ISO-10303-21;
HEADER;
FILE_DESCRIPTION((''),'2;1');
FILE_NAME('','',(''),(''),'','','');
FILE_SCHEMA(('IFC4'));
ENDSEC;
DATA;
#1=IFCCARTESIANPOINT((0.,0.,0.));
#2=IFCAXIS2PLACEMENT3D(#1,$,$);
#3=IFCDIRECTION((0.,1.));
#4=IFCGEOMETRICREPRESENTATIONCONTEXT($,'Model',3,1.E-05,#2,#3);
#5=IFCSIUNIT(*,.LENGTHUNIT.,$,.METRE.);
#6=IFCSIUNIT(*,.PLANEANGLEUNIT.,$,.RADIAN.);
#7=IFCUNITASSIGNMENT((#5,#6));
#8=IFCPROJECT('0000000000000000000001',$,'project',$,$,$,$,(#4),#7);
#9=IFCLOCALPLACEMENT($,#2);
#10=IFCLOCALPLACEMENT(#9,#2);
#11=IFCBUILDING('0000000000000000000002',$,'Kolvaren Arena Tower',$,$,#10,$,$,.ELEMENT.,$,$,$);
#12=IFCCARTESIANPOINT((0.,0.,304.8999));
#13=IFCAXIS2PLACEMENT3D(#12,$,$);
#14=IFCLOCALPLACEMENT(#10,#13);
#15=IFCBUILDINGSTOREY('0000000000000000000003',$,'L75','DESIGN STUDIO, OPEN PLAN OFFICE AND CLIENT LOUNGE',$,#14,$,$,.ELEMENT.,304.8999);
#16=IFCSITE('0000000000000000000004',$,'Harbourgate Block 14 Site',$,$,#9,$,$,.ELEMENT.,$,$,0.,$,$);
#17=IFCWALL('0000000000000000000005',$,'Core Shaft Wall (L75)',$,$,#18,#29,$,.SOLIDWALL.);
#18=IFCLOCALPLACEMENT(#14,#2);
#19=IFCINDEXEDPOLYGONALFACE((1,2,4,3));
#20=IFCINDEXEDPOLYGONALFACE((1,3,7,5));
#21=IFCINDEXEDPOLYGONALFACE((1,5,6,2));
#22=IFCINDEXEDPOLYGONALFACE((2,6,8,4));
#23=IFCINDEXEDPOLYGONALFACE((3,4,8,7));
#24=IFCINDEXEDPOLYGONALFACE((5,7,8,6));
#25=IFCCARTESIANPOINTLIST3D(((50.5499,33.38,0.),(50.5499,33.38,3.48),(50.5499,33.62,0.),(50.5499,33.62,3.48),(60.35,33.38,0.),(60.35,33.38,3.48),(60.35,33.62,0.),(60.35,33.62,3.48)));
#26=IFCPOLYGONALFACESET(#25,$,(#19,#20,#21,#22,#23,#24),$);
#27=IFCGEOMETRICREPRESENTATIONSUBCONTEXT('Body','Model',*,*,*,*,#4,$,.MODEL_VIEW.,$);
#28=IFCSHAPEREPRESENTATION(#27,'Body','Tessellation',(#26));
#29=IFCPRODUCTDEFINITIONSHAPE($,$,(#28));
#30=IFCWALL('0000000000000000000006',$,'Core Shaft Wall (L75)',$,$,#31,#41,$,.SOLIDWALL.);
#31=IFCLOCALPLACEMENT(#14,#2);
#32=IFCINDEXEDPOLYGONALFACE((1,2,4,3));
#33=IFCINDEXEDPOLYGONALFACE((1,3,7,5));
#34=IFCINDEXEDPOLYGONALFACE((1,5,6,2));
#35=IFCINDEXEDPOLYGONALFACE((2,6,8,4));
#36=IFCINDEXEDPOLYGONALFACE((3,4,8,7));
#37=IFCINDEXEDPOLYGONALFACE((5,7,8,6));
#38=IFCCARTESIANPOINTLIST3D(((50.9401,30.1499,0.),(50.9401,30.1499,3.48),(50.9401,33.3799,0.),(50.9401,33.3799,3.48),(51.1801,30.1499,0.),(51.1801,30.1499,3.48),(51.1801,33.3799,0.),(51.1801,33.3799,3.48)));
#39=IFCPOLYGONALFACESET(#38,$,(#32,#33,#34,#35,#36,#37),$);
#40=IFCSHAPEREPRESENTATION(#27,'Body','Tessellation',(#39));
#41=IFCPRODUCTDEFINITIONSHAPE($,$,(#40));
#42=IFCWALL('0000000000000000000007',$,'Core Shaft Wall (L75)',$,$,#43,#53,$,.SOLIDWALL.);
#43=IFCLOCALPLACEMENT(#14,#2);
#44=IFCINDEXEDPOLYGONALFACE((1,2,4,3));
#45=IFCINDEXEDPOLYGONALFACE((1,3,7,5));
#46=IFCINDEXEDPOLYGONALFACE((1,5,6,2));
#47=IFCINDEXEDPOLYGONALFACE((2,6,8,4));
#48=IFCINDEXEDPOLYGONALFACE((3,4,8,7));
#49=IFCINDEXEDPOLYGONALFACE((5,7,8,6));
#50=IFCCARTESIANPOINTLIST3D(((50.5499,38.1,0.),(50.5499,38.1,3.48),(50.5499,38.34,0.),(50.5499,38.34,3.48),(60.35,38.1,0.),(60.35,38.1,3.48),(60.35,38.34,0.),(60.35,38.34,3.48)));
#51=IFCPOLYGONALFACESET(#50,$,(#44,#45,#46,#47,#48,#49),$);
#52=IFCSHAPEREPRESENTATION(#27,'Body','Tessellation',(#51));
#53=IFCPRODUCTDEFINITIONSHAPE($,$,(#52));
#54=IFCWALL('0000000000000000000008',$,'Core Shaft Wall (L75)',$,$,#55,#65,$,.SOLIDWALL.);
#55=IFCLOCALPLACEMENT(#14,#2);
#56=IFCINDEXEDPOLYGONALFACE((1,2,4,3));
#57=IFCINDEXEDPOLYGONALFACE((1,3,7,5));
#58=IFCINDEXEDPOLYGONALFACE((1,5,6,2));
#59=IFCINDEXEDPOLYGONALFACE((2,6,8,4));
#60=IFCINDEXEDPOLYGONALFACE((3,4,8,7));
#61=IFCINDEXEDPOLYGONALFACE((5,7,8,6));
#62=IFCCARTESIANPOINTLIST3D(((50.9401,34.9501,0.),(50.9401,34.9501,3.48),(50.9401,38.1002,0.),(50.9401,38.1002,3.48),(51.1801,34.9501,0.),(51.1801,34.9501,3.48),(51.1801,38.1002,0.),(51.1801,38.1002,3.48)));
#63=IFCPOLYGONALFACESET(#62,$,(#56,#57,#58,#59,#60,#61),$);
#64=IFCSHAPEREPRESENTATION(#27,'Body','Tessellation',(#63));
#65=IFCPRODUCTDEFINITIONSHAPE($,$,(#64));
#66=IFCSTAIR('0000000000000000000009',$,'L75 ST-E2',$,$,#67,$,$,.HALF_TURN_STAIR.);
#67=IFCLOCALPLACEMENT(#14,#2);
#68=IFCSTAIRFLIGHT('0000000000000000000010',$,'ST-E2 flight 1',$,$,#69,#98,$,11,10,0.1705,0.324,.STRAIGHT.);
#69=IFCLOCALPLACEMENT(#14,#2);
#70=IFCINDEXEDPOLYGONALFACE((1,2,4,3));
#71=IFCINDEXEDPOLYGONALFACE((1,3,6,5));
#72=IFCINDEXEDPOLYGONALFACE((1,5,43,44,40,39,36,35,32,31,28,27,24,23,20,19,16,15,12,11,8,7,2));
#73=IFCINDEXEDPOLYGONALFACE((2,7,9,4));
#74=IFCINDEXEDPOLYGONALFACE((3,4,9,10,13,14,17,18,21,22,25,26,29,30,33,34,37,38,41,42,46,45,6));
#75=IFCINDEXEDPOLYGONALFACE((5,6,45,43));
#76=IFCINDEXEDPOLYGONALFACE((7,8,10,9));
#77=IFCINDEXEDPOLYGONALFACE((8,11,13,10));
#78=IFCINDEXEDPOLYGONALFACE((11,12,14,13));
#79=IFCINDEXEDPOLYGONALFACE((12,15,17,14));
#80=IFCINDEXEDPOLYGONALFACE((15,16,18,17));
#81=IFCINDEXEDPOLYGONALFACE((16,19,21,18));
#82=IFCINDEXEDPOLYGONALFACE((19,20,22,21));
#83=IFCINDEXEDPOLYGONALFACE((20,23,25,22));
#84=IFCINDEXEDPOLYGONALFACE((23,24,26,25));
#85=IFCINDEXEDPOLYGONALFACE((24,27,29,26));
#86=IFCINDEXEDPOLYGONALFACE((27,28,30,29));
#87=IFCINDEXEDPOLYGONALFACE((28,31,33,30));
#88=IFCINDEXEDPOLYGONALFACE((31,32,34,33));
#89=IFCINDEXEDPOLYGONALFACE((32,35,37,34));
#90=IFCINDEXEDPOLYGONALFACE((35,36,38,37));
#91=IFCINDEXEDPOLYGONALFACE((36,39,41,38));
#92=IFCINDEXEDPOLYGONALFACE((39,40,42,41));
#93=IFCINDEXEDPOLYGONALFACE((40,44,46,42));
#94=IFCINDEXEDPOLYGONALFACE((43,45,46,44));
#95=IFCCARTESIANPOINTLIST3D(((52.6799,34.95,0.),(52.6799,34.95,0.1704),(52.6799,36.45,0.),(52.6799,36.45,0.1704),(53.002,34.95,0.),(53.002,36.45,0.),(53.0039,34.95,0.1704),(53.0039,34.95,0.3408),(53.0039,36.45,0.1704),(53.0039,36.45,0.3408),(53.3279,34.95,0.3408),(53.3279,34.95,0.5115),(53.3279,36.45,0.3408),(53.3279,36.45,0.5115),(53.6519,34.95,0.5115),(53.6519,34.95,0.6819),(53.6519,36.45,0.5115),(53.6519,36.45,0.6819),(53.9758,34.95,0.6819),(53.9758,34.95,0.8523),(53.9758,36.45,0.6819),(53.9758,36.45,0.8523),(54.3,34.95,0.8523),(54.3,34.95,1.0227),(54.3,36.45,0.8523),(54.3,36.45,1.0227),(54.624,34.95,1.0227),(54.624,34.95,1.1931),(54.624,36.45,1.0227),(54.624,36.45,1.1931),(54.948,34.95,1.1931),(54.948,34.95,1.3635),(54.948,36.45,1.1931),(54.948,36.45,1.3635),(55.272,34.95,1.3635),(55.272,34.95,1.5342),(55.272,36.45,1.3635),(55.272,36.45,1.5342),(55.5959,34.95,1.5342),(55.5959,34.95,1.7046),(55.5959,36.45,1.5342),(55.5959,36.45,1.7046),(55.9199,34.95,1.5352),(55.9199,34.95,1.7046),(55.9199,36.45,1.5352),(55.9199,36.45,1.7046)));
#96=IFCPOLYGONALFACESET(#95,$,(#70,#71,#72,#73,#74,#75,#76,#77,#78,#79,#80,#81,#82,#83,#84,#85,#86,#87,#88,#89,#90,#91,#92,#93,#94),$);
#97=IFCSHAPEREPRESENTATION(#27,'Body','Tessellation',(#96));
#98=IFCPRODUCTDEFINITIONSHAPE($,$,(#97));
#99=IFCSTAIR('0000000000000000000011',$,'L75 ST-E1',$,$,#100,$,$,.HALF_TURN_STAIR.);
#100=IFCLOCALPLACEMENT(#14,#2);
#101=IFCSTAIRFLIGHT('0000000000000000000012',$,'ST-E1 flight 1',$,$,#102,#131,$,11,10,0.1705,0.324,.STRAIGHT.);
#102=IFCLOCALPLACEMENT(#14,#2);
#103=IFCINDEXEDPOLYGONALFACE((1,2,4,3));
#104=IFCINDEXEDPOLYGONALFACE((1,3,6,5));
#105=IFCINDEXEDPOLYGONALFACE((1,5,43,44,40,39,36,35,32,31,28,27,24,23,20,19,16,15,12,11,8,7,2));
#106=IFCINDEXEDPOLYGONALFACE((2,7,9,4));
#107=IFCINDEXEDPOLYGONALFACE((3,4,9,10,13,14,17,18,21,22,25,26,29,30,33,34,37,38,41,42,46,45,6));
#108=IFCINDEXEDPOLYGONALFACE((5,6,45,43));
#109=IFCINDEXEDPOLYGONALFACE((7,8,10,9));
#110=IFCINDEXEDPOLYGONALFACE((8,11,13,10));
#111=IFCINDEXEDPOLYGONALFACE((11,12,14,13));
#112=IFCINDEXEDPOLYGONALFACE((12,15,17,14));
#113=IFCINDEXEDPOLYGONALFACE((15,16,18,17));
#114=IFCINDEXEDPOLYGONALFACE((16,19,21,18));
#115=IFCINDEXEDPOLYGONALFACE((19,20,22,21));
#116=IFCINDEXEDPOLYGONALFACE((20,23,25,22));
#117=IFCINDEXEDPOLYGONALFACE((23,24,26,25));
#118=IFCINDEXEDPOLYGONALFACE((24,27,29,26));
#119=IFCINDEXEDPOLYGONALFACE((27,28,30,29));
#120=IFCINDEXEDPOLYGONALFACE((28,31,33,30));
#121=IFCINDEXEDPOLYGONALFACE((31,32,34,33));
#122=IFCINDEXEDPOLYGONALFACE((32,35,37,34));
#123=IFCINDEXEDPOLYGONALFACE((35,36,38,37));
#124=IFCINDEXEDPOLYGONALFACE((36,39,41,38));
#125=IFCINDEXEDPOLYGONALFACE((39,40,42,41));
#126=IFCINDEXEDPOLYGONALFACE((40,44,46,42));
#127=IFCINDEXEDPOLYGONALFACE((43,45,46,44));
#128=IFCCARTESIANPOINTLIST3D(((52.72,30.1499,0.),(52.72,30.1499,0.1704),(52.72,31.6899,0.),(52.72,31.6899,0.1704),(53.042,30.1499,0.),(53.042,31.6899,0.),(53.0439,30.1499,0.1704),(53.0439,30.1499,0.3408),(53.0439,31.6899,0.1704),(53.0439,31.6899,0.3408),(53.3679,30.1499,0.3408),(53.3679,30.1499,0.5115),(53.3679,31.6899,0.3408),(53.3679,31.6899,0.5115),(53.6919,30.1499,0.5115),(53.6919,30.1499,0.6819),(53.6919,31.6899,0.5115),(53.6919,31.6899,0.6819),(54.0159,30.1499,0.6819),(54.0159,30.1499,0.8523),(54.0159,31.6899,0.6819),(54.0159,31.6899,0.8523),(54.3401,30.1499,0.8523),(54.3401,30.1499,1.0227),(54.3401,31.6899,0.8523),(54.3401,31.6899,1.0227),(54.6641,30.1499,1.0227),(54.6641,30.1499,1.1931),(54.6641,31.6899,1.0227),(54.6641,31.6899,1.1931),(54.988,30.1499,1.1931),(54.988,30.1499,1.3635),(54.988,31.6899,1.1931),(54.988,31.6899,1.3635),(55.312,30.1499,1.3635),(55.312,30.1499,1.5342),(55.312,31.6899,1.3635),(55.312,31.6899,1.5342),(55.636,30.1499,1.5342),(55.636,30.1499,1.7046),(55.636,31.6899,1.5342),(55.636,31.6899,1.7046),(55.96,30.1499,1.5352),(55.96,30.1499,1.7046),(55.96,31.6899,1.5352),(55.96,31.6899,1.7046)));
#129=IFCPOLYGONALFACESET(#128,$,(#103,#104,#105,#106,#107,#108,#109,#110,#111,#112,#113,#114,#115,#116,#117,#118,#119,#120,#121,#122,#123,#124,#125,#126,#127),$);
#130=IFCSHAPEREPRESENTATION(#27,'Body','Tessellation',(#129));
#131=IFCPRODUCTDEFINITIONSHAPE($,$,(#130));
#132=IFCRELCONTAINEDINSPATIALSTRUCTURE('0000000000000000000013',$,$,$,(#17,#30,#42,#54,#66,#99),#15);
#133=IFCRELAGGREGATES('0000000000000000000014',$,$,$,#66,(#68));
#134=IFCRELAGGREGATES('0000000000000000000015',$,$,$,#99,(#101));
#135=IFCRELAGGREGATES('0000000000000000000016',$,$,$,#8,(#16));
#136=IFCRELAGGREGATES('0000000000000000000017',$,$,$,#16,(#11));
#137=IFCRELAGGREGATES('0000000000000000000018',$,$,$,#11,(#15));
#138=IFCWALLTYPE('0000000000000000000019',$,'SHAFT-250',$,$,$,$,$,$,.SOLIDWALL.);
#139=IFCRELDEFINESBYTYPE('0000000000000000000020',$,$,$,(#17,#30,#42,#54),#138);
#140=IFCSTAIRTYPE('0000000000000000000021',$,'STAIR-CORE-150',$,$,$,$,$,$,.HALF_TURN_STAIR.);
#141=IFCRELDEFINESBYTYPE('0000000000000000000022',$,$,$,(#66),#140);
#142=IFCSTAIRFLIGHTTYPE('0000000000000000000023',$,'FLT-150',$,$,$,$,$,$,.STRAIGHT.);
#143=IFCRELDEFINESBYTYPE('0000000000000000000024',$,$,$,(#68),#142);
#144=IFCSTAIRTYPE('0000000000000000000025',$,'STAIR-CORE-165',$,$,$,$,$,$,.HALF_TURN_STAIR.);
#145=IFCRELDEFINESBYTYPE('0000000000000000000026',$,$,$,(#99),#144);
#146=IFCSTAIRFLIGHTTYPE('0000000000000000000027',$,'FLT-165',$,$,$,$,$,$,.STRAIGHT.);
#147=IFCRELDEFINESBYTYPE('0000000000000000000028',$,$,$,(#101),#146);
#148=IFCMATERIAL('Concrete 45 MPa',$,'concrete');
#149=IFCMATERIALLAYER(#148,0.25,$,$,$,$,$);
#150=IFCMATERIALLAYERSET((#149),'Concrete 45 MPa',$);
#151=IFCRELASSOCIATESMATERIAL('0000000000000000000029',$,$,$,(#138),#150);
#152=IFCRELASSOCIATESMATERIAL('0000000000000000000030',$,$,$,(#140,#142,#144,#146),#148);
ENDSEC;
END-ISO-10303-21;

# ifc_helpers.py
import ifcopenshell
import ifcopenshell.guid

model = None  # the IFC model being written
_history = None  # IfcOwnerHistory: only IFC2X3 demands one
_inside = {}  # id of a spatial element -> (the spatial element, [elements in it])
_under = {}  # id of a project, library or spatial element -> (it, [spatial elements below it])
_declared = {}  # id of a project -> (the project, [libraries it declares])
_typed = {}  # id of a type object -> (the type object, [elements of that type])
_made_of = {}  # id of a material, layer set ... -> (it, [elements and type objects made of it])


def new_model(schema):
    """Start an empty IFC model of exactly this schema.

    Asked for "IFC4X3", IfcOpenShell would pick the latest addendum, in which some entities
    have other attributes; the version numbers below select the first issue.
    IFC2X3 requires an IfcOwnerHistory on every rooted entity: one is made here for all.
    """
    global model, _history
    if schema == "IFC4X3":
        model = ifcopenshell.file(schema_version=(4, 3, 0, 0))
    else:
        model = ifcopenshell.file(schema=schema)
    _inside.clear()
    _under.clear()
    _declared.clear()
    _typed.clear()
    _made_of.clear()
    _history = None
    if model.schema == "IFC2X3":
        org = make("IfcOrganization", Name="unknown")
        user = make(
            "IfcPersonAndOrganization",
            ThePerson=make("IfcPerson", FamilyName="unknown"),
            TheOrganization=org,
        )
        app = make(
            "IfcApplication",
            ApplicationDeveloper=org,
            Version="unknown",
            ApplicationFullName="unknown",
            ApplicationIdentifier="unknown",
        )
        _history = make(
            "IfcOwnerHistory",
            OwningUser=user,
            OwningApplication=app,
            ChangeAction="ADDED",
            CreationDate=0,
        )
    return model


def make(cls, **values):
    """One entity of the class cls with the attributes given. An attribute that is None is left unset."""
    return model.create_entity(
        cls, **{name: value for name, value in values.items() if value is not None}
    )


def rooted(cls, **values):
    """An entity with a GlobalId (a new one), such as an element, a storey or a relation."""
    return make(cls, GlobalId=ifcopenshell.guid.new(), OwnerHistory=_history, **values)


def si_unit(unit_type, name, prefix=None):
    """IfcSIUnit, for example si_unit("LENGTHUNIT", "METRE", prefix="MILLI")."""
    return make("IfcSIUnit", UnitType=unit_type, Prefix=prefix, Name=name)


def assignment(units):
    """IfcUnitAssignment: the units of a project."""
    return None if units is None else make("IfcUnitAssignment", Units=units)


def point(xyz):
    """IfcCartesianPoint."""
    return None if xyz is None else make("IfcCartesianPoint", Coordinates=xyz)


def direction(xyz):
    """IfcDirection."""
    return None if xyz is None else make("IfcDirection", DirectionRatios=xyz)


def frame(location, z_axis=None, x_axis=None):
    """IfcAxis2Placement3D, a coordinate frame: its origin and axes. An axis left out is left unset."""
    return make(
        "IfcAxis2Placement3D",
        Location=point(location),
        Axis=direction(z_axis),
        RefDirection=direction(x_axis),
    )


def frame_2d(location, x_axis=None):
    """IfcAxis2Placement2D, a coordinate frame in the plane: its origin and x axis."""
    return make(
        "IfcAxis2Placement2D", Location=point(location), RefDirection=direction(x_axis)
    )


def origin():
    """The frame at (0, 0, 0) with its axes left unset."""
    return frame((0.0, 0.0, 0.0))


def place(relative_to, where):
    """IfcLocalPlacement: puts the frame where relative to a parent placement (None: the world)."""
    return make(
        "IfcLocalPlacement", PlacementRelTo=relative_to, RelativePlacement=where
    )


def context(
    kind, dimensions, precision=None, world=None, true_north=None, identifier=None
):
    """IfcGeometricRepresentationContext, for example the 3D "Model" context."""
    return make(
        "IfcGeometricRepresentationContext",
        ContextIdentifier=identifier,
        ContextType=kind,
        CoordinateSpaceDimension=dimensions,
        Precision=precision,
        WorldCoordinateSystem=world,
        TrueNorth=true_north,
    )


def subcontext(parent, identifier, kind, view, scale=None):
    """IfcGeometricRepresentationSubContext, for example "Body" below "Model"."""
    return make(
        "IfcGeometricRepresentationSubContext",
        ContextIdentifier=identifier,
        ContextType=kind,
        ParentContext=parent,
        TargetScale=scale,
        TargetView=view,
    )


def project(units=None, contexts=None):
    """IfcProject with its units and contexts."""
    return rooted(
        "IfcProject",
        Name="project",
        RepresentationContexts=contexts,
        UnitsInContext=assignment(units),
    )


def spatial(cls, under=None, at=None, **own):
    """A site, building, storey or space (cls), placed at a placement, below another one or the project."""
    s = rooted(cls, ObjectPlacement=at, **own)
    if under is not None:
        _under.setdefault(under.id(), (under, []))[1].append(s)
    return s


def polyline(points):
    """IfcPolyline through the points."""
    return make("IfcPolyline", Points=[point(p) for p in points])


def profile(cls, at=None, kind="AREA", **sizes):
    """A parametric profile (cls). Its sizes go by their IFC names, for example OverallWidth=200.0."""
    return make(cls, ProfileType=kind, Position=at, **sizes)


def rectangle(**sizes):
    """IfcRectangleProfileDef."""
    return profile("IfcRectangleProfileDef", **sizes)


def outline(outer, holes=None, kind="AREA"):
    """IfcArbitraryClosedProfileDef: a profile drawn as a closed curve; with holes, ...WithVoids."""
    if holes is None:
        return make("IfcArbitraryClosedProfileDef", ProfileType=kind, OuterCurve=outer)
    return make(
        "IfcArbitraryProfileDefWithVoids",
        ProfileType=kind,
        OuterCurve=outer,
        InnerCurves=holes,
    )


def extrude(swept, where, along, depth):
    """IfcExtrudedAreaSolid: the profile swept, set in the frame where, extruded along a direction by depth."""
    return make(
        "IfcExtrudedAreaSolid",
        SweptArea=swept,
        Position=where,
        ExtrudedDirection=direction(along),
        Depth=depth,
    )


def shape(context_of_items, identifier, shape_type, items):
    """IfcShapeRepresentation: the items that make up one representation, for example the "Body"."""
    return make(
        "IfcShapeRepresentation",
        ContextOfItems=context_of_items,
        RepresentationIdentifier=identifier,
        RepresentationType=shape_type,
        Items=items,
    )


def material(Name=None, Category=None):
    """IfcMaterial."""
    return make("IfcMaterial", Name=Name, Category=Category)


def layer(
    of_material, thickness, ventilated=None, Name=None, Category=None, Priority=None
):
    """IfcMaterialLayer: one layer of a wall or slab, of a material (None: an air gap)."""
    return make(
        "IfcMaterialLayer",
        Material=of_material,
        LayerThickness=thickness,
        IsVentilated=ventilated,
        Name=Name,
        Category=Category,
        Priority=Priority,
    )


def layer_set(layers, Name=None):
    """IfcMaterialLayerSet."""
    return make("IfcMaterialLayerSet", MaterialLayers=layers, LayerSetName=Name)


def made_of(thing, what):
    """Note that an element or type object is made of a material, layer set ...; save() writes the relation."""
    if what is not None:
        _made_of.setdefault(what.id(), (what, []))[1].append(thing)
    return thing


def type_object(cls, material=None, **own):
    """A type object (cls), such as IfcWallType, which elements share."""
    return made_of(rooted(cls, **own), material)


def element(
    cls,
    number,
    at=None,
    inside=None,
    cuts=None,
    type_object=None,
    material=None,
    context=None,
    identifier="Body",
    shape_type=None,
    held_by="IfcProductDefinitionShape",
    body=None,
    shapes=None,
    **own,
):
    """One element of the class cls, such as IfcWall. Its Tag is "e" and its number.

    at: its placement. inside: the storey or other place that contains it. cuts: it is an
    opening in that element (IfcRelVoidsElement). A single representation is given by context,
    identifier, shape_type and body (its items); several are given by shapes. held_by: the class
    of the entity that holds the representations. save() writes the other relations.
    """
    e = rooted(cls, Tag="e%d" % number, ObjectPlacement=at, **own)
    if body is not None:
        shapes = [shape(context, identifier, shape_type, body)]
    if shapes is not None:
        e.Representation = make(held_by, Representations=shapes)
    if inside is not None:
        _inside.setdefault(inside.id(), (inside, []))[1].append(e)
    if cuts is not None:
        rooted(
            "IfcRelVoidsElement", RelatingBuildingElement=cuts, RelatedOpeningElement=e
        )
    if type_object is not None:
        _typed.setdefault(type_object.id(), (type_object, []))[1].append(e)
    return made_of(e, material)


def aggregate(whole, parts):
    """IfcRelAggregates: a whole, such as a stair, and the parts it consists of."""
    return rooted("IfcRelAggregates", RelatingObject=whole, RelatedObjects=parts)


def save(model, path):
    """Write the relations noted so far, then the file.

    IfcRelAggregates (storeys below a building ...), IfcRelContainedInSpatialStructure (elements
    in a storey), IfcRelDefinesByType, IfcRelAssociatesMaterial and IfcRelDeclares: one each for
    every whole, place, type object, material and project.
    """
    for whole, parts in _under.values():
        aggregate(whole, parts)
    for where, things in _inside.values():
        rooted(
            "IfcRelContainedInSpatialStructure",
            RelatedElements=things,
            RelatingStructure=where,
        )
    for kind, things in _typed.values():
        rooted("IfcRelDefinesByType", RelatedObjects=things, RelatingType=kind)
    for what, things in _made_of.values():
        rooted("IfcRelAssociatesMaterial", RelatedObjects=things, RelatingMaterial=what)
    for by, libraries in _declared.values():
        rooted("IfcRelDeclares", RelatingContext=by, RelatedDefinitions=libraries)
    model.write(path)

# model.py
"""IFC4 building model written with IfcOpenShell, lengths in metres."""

from ifc_helpers import new_model, si_unit, direction, frame, frame_2d, origin, place, context, subcontext, project, spatial, polyline, rectangle, outline, extrude, material, layer, layer_set, type_object, element, aggregate, save


model = new_model("IFC4")

# Units and contexts
model_context = context("Model", 3, precision=1e-05, world=origin(), true_north=direction((0.0, 1.0)))
body_context = subcontext(model_context, "Body", "Model", "MODEL_VIEW")
ifc_project = project(units=[si_unit("LENGTHUNIT", "METRE"), si_unit("PLANEANGLEUNIT", "RADIAN")], contexts=[model_context])

# Site, building, storey
site_placement = place(None, origin())
site = spatial("IfcSite", under=ifc_project, at=site_placement, Name="Harbourgate Block 14 Site", CompositionType="ELEMENT", RefElevation=0.0)
building_placement = place(site_placement, origin())
building = spatial("IfcBuilding", under=site, at=building_placement, Name="Kolvaren Arena Tower", CompositionType="ELEMENT")
storey_placement = place(building_placement, frame((0.0, 0.0, 304.8999)))
storey = spatial("IfcBuildingStorey", under=building, at=storey_placement, Name="L75", Description="DESIGN STUDIO, OPEN PLAN OFFICE AND CLIENT LOUNGE", CompositionType="ELEMENT", Elevation=304.8999)

# Walls
ifc_material_1 = material(Name="Concrete 45 MPa", Category="concrete")
ifc_layer = layer(ifc_material_1, 0.25)
ifc_layer_set = layer_set([ifc_layer], Name="Concrete 45 MPa")
wall_type = type_object("IfcWallType", Name="SHAFT-250", PredefinedType="SOLIDWALL", material=ifc_layer_set)
wall_1_placement = place(storey_placement, frame((50.55, 33.5, 0.0), z_axis=(0.0, 0.0, 1.0), x_axis=(1.0, 0.0, 0.0)))
element("IfcWall", 1, at=wall_1_placement, inside=storey, type_object=wall_type, Name="Core Shaft Wall (L75)", PredefinedType="SOLIDWALL", context=body_context, shape_type="SweptSolid", body=[
    extrude(rectangle(XDim=9.8, YDim=0.24, at=frame_2d((4.8999, 0.0))), origin(), (0.0, 0.0, 1.0), 3.48),
])
wall_2_placement = place(storey_placement, frame((51.0601, 30.1499, 0.0), z_axis=(0.0, 0.0, 1.0), x_axis=(0.0, 1.0, 0.0)))
element("IfcWall", 2, at=wall_2_placement, inside=storey, type_object=wall_type, Name="Core Shaft Wall (L75)", PredefinedType="SOLIDWALL", context=body_context, shape_type="SweptSolid", body=[
    extrude(rectangle(XDim=3.23, YDim=0.24, at=frame_2d((1.615, 0.0))), origin(), (0.0, 0.0, 1.0), 3.48),
])
wall_3_placement = place(storey_placement, frame((50.55, 38.22, 0.0), z_axis=(0.0, 0.0, 1.0), x_axis=(1.0, 0.0, 0.0)))
element("IfcWall", 3, at=wall_3_placement, inside=storey, type_object=wall_type, Name="Core Shaft Wall (L75)", PredefinedType="SOLIDWALL", context=body_context, shape_type="SweptSolid", body=[
    extrude(rectangle(XDim=9.8, YDim=0.24, at=frame_2d((4.8999, 0.0))), origin(), (0.0, 0.0, 1.0), 3.48),
])
wall_4_placement = place(storey_placement, frame((51.0601, 34.95, 0.0), z_axis=(0.0, 0.0, 1.0), x_axis=(0.0, 1.0, 0.0)))
element("IfcWall", 4, at=wall_4_placement, inside=storey, type_object=wall_type, Name="Core Shaft Wall (L75)", PredefinedType="SOLIDWALL", context=body_context, shape_type="SweptSolid", body=[
    extrude(rectangle(XDim=3.1501, YDim=0.24, at=frame_2d((1.5752, 0.0))), origin(), (0.0, 0.0, 1.0), 3.48),
])

# Stairs, stair flights
stair_type_1 = type_object("IfcStairType", Name="STAIR-CORE-150", PredefinedType="HALF_TURN_STAIR", material=ifc_material_1)
stair_1_placement = place(storey_placement, origin())
stair_1 = element("IfcStair", 5, at=stair_1_placement, inside=storey, type_object=stair_type_1, Name="L75 ST-E2", PredefinedType="HALF_TURN_STAIR")
stair_flight_type_1 = type_object("IfcStairFlightType", Name="FLT-150", PredefinedType="STRAIGHT", material=ifc_material_1)
stair_flight_1_placement = place(storey_placement, frame((52.6799, 35.7, 0.0), z_axis=(0.0, 0.0, 1.0), x_axis=(1.0, 0.0, 0.0)))
stair_flight_1 = element("IfcStairFlight", 6, at=stair_flight_1_placement, type_object=stair_flight_type_1, Name="ST-E2 flight 1", NumberOfRisers=11, NumberOfTreads=10, PredefinedType="STRAIGHT", RiserHeight=0.1705, TreadLength=0.324, context=body_context, shape_type="SweptSolid", body=[
    extrude(outline(polyline([(0.0, 0.0), (0.0, 0.1704), (0.324, 0.1704), (0.324, 0.3408), (0.6479, 0.3408), (0.6479, 0.5115), (0.9719, 0.5115), (0.9719, 0.6819), (1.2959, 0.6819), (1.2959, 0.8523), (1.6201, 0.8523), (1.6201, 1.0227), (1.9441, 1.0227), (1.9441, 1.1931), (2.2681, 1.1931), (2.2681, 1.3635), (2.592, 1.3635), (2.592, 1.5342), (2.916, 1.5342), (2.916, 1.7046), (3.24, 1.7046), (3.24, 1.875), (3.24, 1.5352), (0.322, 0.0), (0.0, 0.0)])), frame((0.0, 0.75, 0.0), z_axis=(0.0, -1.0, 0.0), x_axis=(1.0, 0.0, 0.0)), (0.0, 0.0, 1.0), 1.5),
])
aggregate(stair_1, [stair_flight_1])
stair_type_2 = type_object("IfcStairType", Name="STAIR-CORE-165", PredefinedType="HALF_TURN_STAIR", material=ifc_material_1)
stair_2_placement = place(storey_placement, origin())
stair_2 = element("IfcStair", 7, at=stair_2_placement, inside=storey, type_object=stair_type_2, Name="L75 ST-E1", PredefinedType="HALF_TURN_STAIR")
stair_flight_type_2 = type_object("IfcStairFlightType", Name="FLT-165", PredefinedType="STRAIGHT", material=ifc_material_1)
stair_flight_2_placement = place(storey_placement, frame((52.72, 30.9199, 0.0), z_axis=(0.0, 0.0, 1.0), x_axis=(1.0, 0.0, 0.0)))
stair_flight_2 = element("IfcStairFlight", 8, at=stair_flight_2_placement, type_object=stair_flight_type_2, Name="ST-E1 flight 1", NumberOfRisers=11, NumberOfTreads=10, PredefinedType="STRAIGHT", RiserHeight=0.1705, TreadLength=0.324, context=body_context, shape_type="SweptSolid", body=[
    extrude(outline(polyline([(0.0, 0.0), (0.0, 0.1704), (0.324, 0.1704), (0.324, 0.3408), (0.6479, 0.3408), (0.6479, 0.5115), (0.9719, 0.5115), (0.9719, 0.6819), (1.2959, 0.6819), (1.2959, 0.8523), (1.6201, 0.8523), (1.6201, 1.0227), (1.9441, 1.0227), (1.9441, 1.1931), (2.2681, 1.1931), (2.2681, 1.3635), (2.592, 1.3635), (2.592, 1.5342), (2.916, 1.5342), (2.916, 1.7046), (3.24, 1.7046), (3.24, 1.875), (3.24, 1.5352), (0.322, 0.0), (0.0, 0.0)])), frame((0.0, 0.77, 0.0), z_axis=(0.0, -1.0, 0.0), x_axis=(1.0, 0.0, 0.0)), (0.0, 0.0, 1.0), 1.54),
])
aggregate(stair_2, [stair_flight_2])

save(model, "model.ifc")
